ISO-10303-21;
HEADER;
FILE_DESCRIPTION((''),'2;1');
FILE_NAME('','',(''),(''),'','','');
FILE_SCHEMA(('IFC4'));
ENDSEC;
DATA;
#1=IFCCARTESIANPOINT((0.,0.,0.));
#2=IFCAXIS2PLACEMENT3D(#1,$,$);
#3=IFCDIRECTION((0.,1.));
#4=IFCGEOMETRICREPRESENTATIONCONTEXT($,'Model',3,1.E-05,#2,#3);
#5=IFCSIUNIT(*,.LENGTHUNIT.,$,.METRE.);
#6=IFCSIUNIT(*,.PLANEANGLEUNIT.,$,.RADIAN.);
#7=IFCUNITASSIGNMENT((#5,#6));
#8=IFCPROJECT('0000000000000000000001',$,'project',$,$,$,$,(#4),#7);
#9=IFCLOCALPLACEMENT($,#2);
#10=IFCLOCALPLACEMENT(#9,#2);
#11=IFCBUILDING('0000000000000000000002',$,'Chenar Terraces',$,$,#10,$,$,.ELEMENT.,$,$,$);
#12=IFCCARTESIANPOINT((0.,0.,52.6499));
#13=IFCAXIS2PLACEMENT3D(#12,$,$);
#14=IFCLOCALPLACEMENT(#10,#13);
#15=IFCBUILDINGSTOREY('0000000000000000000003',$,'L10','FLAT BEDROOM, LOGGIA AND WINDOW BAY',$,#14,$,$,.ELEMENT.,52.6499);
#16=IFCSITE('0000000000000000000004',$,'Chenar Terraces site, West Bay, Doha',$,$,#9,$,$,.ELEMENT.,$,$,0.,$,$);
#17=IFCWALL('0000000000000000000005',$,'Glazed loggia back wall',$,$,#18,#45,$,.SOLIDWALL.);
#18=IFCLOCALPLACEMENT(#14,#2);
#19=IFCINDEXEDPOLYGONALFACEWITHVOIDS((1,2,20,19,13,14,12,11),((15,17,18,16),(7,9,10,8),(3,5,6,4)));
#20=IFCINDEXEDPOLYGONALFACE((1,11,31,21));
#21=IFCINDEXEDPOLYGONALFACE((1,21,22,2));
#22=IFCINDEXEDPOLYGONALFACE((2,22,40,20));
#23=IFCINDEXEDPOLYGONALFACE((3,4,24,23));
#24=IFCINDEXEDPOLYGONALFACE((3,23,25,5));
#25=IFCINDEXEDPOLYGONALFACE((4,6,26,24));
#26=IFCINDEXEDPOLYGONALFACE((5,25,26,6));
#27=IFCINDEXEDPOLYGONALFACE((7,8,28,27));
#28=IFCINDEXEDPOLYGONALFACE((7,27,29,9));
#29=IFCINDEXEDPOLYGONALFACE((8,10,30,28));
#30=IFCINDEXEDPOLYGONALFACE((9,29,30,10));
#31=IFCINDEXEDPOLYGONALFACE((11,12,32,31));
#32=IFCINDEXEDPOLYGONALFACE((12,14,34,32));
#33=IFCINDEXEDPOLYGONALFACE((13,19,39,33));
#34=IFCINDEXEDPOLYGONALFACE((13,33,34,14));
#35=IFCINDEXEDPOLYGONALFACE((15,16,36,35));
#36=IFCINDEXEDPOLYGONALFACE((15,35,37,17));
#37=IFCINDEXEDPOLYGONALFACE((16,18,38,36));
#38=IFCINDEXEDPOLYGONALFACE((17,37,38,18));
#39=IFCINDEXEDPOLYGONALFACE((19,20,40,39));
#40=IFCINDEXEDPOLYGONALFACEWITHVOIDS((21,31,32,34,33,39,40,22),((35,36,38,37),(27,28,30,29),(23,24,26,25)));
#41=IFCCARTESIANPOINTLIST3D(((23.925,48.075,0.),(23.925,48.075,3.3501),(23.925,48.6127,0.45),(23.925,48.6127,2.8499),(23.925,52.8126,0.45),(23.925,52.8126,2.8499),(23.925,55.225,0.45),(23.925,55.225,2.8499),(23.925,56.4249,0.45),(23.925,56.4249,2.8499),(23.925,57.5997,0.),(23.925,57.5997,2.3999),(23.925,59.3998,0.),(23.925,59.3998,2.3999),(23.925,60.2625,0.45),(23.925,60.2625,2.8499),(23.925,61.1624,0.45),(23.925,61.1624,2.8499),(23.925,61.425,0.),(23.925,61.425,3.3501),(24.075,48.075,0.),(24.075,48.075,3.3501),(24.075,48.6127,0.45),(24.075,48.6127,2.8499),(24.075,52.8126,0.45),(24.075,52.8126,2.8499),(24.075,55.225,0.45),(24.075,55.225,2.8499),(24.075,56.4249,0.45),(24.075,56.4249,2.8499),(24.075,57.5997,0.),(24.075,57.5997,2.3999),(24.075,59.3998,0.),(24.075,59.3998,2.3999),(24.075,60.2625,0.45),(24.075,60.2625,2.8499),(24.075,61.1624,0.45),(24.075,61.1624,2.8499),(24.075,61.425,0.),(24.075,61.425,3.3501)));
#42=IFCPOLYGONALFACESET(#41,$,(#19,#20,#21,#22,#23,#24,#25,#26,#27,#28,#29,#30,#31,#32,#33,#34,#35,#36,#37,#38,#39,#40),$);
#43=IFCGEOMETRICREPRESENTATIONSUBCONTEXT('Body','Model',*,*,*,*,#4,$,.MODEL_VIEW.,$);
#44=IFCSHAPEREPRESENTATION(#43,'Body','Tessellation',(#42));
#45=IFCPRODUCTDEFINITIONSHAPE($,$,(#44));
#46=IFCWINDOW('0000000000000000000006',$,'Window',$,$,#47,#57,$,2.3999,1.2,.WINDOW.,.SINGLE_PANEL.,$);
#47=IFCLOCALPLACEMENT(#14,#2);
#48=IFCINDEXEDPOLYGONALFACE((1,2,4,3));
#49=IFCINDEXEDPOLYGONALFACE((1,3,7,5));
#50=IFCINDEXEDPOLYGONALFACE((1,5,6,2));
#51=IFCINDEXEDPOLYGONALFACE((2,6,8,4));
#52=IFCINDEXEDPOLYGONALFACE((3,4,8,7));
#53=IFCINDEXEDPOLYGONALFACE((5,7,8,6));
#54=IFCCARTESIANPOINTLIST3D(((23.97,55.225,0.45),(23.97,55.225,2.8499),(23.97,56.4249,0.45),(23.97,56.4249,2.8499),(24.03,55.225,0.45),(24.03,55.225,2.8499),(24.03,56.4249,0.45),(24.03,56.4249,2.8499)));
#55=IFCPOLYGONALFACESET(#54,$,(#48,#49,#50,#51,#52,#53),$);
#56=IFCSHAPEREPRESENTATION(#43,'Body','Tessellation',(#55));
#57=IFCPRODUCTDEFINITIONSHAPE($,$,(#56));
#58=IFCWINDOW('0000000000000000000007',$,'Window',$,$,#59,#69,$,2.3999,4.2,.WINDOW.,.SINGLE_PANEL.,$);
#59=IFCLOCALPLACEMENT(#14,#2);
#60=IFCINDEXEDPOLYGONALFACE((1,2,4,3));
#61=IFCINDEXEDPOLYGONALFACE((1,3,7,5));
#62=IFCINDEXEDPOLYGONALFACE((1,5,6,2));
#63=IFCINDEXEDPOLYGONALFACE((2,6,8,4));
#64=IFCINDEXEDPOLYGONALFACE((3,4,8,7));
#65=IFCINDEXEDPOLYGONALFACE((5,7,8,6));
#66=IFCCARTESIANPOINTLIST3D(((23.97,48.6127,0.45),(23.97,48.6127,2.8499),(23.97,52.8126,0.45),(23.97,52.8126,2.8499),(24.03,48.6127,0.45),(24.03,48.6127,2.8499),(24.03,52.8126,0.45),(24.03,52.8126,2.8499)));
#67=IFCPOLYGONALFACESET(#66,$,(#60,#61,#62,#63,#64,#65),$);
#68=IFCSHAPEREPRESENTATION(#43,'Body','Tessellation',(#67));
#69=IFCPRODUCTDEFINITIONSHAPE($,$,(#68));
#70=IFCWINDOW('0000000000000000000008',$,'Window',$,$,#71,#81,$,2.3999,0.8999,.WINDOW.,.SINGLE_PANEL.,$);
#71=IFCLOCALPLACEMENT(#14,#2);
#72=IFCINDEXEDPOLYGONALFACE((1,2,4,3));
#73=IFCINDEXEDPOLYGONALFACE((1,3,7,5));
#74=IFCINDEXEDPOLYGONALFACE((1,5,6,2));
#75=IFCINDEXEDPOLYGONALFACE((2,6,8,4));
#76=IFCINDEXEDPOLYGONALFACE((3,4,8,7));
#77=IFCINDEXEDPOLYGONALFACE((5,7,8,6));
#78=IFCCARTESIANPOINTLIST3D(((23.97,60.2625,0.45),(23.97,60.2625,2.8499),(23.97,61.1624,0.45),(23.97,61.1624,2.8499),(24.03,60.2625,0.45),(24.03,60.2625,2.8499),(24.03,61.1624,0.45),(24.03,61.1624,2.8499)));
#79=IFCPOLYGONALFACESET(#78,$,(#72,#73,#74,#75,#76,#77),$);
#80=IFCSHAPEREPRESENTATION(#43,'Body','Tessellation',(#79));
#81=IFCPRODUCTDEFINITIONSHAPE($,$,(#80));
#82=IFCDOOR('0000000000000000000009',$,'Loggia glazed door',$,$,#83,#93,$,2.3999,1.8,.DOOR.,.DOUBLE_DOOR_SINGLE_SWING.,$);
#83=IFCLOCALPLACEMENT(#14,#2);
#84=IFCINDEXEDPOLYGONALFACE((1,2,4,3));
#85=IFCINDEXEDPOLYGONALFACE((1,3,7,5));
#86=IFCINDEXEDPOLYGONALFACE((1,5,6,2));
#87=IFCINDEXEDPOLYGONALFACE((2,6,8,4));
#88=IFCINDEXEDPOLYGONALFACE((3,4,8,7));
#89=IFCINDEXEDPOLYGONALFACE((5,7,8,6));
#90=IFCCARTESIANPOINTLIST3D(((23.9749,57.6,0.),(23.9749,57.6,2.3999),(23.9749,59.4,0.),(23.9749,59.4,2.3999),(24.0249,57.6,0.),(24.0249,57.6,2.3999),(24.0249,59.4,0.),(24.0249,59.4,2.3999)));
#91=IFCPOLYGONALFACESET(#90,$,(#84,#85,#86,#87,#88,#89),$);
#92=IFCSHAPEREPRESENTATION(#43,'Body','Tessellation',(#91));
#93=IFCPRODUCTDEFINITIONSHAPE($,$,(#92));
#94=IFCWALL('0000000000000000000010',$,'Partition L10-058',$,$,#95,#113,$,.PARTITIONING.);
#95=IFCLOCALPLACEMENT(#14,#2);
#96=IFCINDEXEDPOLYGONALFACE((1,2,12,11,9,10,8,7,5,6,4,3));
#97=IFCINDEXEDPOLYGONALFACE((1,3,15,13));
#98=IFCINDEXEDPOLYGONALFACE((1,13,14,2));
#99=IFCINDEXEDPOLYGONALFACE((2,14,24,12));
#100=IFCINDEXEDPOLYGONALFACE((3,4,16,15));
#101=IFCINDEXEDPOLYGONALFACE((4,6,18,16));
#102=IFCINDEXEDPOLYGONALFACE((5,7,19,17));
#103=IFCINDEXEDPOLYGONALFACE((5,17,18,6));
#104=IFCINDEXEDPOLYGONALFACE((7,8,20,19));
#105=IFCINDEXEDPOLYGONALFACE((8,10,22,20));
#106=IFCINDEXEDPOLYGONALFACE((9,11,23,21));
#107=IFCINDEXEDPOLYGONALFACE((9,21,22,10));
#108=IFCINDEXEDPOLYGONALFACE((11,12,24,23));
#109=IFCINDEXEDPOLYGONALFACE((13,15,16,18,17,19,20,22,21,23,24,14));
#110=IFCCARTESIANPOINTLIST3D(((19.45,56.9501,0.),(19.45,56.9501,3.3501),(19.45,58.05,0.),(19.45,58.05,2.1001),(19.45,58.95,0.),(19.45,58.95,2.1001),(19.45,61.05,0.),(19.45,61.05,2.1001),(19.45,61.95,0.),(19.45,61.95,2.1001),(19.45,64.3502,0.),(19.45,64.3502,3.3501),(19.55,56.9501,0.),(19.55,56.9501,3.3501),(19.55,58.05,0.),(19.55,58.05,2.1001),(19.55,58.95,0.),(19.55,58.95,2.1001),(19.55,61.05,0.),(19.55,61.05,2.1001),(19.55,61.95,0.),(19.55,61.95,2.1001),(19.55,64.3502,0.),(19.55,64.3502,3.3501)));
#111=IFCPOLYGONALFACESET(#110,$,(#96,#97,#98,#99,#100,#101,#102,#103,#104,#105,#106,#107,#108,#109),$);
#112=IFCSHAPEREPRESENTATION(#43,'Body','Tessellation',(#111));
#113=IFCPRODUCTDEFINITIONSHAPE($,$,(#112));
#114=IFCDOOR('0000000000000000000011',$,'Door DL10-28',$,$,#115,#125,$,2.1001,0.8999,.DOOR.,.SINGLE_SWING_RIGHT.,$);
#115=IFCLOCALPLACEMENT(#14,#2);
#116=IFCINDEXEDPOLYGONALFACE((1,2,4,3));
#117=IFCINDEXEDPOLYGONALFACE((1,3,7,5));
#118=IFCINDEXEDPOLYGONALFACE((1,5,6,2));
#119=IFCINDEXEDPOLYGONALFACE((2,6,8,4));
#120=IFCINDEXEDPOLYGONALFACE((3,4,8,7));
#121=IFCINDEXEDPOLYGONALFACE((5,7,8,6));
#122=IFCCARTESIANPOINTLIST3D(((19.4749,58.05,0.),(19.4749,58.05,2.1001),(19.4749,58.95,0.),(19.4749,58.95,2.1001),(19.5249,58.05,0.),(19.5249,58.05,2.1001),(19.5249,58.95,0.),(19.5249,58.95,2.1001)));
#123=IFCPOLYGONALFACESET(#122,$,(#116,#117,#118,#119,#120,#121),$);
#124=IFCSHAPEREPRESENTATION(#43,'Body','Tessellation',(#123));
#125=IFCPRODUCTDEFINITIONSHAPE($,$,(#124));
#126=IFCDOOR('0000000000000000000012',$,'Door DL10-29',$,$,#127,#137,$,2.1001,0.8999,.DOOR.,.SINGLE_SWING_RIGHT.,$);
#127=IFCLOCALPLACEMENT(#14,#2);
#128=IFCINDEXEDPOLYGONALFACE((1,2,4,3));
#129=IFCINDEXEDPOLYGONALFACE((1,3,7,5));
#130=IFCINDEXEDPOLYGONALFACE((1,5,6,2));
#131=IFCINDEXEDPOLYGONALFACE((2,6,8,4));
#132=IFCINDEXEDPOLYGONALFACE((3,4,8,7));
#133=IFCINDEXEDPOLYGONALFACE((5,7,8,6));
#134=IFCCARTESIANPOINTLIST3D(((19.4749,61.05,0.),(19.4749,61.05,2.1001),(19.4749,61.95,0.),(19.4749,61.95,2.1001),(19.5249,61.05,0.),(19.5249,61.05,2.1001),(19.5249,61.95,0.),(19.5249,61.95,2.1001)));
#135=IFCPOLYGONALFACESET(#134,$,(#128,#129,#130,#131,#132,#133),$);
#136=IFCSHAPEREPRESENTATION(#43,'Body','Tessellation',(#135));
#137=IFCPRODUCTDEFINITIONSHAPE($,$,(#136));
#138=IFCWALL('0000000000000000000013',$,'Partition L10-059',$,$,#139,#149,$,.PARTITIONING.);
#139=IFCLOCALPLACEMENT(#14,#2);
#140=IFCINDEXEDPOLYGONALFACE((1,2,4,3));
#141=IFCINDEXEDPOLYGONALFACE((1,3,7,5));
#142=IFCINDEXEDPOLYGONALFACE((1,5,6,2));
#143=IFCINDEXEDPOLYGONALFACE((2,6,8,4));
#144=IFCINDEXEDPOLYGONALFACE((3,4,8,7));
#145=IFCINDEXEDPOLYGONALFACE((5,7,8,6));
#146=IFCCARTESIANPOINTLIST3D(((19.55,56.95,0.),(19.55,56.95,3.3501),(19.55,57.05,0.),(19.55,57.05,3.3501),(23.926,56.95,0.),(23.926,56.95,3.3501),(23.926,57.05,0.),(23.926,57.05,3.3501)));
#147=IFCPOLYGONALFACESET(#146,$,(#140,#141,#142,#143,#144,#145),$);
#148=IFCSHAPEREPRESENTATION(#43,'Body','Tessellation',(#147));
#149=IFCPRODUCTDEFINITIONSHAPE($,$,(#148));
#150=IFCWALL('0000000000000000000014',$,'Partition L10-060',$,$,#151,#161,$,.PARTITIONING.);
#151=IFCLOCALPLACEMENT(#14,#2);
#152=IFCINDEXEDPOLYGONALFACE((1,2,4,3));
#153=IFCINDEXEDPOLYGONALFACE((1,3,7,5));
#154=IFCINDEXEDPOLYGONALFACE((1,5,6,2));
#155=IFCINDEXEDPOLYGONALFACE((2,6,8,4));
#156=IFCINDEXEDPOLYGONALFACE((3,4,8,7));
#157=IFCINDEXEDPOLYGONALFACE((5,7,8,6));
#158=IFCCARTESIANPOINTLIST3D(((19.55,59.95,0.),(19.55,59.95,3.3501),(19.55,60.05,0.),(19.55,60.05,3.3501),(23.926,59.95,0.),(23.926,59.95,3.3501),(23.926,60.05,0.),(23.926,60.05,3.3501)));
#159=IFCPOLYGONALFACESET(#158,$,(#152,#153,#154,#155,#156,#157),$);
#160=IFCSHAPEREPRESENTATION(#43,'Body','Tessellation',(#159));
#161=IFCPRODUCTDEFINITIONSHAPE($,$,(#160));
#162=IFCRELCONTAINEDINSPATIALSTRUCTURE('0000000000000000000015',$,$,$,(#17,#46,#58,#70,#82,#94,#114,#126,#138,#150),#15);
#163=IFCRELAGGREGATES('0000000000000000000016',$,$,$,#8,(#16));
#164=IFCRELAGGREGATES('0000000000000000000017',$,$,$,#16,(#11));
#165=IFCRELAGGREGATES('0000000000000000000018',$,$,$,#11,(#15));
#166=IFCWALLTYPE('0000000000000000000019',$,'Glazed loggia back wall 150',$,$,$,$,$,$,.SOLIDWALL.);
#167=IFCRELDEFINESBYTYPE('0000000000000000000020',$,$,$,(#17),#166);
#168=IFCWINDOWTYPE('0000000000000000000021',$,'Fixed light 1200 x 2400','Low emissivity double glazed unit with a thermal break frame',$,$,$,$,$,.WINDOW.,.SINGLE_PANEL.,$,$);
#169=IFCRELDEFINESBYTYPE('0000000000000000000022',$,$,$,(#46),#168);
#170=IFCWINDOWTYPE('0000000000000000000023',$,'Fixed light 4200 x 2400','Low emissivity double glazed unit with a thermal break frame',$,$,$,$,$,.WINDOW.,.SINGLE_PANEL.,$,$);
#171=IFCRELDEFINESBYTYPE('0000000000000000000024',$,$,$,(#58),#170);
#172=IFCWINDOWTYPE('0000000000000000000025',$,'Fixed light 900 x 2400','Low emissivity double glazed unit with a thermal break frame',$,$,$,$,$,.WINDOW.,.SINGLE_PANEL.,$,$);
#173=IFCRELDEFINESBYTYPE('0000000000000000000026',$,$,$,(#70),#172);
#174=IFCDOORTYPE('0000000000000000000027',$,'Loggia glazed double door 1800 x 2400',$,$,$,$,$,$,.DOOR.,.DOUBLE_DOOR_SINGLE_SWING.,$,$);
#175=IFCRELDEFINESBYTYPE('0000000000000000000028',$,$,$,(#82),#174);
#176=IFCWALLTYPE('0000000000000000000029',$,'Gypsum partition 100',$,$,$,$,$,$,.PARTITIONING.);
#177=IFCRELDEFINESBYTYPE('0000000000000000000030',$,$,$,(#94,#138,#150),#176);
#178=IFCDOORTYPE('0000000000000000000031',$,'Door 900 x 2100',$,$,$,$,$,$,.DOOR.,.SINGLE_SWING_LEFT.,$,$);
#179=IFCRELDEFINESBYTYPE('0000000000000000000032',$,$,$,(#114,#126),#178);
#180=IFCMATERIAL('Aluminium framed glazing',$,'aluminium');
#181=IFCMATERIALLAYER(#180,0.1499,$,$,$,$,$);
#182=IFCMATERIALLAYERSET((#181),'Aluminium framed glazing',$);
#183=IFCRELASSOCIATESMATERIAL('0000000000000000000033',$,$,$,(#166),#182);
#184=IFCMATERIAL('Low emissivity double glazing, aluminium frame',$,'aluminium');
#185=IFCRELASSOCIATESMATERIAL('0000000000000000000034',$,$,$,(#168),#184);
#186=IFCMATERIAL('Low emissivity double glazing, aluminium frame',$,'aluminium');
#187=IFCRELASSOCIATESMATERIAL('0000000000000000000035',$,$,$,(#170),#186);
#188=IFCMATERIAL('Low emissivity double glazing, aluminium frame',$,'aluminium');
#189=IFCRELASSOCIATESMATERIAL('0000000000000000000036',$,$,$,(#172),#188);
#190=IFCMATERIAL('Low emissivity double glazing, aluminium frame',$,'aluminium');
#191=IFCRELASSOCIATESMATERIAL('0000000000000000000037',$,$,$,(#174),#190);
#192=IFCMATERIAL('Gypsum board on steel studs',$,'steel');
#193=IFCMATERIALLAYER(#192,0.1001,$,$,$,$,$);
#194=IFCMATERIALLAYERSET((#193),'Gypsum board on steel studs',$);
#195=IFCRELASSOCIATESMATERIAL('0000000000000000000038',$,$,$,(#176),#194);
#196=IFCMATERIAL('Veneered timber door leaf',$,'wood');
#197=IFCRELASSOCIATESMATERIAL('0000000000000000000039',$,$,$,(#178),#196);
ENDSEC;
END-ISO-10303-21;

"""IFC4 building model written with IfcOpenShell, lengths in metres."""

from ifc_helpers import new_model, si_unit, direction, frame, frame_2d, origin, place, context, subcontext, project, spatial, rectangle, extrude, material, layer, layer_set, type_object, element, fill, save


model = new_model("IFC4")

# Units and contexts
model_context = context("Model", 3, precision=1e-05, world=origin(), true_north=direction((0.0, 1.0)))
body_context = subcontext(model_context, "Body", "Model", "MODEL_VIEW")
ifc_project = project(units=[si_unit("LENGTHUNIT", "METRE"), si_unit("PLANEANGLEUNIT", "RADIAN")], contexts=[model_context])

# Site, building, storey
site_placement = place(None, origin())
site = spatial("IfcSite", under=ifc_project, at=site_placement, Name="Chenar Terraces site, West Bay, Doha", CompositionType="ELEMENT", RefElevation=0.0)
building_placement = place(site_placement, origin())
building = spatial("IfcBuilding", under=site, at=building_placement, Name="Chenar Terraces", CompositionType="ELEMENT")
storey_placement = place(building_placement, frame((0.0, 0.0, 52.6499)))
storey = spatial("IfcBuildingStorey", under=building, at=storey_placement, Name="L10", Description="FLAT BEDROOM, LOGGIA AND WINDOW BAY", CompositionType="ELEMENT", Elevation=52.6499)

# Wall, openings, windows, door
ifc_material_1 = material(Name="Aluminium framed glazing", Category="aluminium")
ifc_layer_1 = layer(ifc_material_1, 0.1499)
ifc_layer_set_1 = layer_set([ifc_layer_1], Name="Aluminium framed glazing")
wall_type_1 = type_object("IfcWallType", Name="Glazed loggia back wall 150", PredefinedType="SOLIDWALL", material=ifc_layer_set_1)
wall_1_placement = place(storey_placement, frame((24.0, 48.075, 0.0), z_axis=(0.0, 0.0, 1.0), x_axis=(0.0, 1.0, 0.0)))
wall_1 = element("IfcWall", 1, at=wall_1_placement, inside=storey, type_object=wall_type_1, Name="Glazed loggia back wall", PredefinedType="SOLIDWALL", context=body_context, shape_type="SweptSolid", body=[
    extrude(rectangle(XDim=13.3501, YDim=0.1499, at=frame_2d((6.675, 0.0))), origin(), (0.0, 0.0, 1.0), 3.3501),
])
opening_1_placement = place(wall_1_placement, frame((0.5376, 0.0, 0.45)))
opening_1 = element("IfcOpeningElement", 2, at=opening_1_placement, cuts=wall_1, PredefinedType="OPENING", context=body_context, shape_type="SweptSolid", body=[
    extrude(rectangle(XDim=4.2, YDim=2.3999, at=frame_2d((2.1001, 1.2))), frame((0.0, 0.085, 0.0), z_axis=(0.0, -1.0, 0.0), x_axis=(1.0, 0.0, 0.0)), (0.0, 0.0, 1.0), 0.1699),
])
opening_2_placement = place(wall_1_placement, frame((7.1499, 0.0, 0.45)))
opening_2 = element("IfcOpeningElement", 3, at=opening_2_placement, cuts=wall_1, PredefinedType="OPENING", context=body_context, shape_type="SweptSolid", body=[
    extrude(rectangle(XDim=1.2, YDim=2.3999, at=frame_2d((0.6001, 1.2))), frame((0.0, 0.085, 0.0), z_axis=(0.0, -1.0, 0.0), x_axis=(1.0, 0.0, 0.0)), (0.0, 0.0, 1.0), 0.1699),
])
opening_3_placement = place(wall_1_placement, frame((9.5249, 0.0, 0.0)))
opening_3 = element("IfcOpeningElement", 4, at=opening_3_placement, cuts=wall_1, PredefinedType="OPENING", context=body_context, shape_type="SweptSolid", body=[
    extrude(rectangle(XDim=1.8, YDim=2.3999, at=frame_2d((0.8999, 1.2))), frame((0.0, 0.085, 0.0), z_axis=(0.0, -1.0, 0.0), x_axis=(1.0, 0.0, 0.0)), (0.0, 0.0, 1.0), 0.1699),
])
opening_4_placement = place(wall_1_placement, frame((12.1875, 0.0, 0.45)))
opening_4 = element("IfcOpeningElement", 5, at=opening_4_placement, cuts=wall_1, PredefinedType="OPENING", context=body_context, shape_type="SweptSolid", body=[
    extrude(rectangle(XDim=0.8999, YDim=2.3999, at=frame_2d((0.45, 1.2))), frame((0.0, 0.085, 0.0), z_axis=(0.0, -1.0, 0.0), x_axis=(1.0, 0.0, 0.0)), (0.0, 0.0, 1.0), 0.1699),
])
ifc_material_2 = material(Name="Low emissivity double glazing, aluminium frame", Category="aluminium")
window_type_1 = type_object("IfcWindowType", Name="Fixed light 1200 x 2400", Description="Low emissivity double glazed unit with a thermal break frame", PartitioningType="SINGLE_PANEL", PredefinedType="WINDOW", material=ifc_material_2)
window_1_placement = place(opening_2_placement, origin())
window_1 = element("IfcWindow", 6, at=window_1_placement, inside=storey, type_object=window_type_1, Name="Window", OverallHeight=2.3999, OverallWidth=1.2, PartitioningType="SINGLE_PANEL", PredefinedType="WINDOW", context=body_context, shape_type="SweptSolid", body=[
    extrude(rectangle(XDim=1.2, YDim=2.3999, at=frame_2d((0.6001, 1.2))), frame((0.0, 0.03, 0.0), z_axis=(0.0, -1.0, 0.0), x_axis=(1.0, 0.0, 0.0)), (0.0, 0.0, 1.0), 0.0601),
])
fill(opening_2, window_1)
ifc_material_3 = material(Name="Low emissivity double glazing, aluminium frame", Category="aluminium")
window_type_2 = type_object("IfcWindowType", Name="Fixed light 4200 x 2400", Description="Low emissivity double glazed unit with a thermal break frame", PartitioningType="SINGLE_PANEL", PredefinedType="WINDOW", material=ifc_material_3)
window_2_placement = place(opening_1_placement, origin())
window_2 = element("IfcWindow", 7, at=window_2_placement, inside=storey, type_object=window_type_2, Name="Window", OverallHeight=2.3999, OverallWidth=4.2, PartitioningType="SINGLE_PANEL", PredefinedType="WINDOW", context=body_context, shape_type="SweptSolid", body=[
    extrude(rectangle(XDim=4.2, YDim=2.3999, at=frame_2d((2.1001, 1.2))), frame((0.0, 0.03, 0.0), z_axis=(0.0, -1.0, 0.0), x_axis=(1.0, 0.0, 0.0)), (0.0, 0.0, 1.0), 0.0601),
])
fill(opening_1, window_2)
ifc_material_4 = material(Name="Low emissivity double glazing, aluminium frame", Category="aluminium")
window_type_3 = type_object("IfcWindowType", Name="Fixed light 900 x 2400", Description="Low emissivity double glazed unit with a thermal break frame", PartitioningType="SINGLE_PANEL", PredefinedType="WINDOW", material=ifc_material_4)
window_3_placement = place(opening_4_placement, origin())
window_3 = element("IfcWindow", 8, at=window_3_placement, inside=storey, type_object=window_type_3, Name="Window", OverallHeight=2.3999, OverallWidth=0.8999, PartitioningType="SINGLE_PANEL", PredefinedType="WINDOW", context=body_context, shape_type="SweptSolid", body=[
    extrude(rectangle(XDim=0.8999, YDim=2.3999, at=frame_2d((0.45, 1.2))), frame((0.0, 0.03, 0.0), z_axis=(0.0, -1.0, 0.0), x_axis=(1.0, 0.0, 0.0)), (0.0, 0.0, 1.0), 0.0601),
])
fill(opening_4, window_3)
ifc_material_5 = material(Name="Low emissivity double glazing, aluminium frame", Category="aluminium")
door_type_1 = type_object("IfcDoorType", Name="Loggia glazed double door 1800 x 2400", OperationType="DOUBLE_DOOR_SINGLE_SWING", PredefinedType="DOOR", material=ifc_material_5)
door_1_placement = place(opening_3_placement, frame((1.8, 0.0, 0.0), z_axis=(0.0, 0.0, 1.0), x_axis=(-1.0, 0.0, 0.0)))
door_1 = element("IfcDoor", 9, at=door_1_placement, inside=storey, type_object=door_type_1, Name="Loggia glazed door", OperationType="DOUBLE_DOOR_SINGLE_SWING", OverallHeight=2.3999, OverallWidth=1.8, PredefinedType="DOOR", context=body_context, shape_type="SweptSolid", body=[
    extrude(rectangle(XDim=1.8, YDim=2.3999, at=frame_2d((0.8999, 1.2))), frame((0.0, 0.0249, 0.0), z_axis=(0.0, -1.0, 0.0), x_axis=(1.0, 0.0, 0.0)), (0.0, 0.0, 1.0), 0.05),
])
fill(opening_3, door_1)

# Wall, openings, doors
ifc_material_6 = material(Name="Gypsum board on steel studs", Category="steel")
ifc_layer_2 = layer(ifc_material_6, 0.1001)
ifc_layer_set_2 = layer_set([ifc_layer_2], Name="Gypsum board on steel studs")
wall_type_2 = type_object("IfcWallType", Name="Gypsum partition 100", PredefinedType="PARTITIONING", material=ifc_layer_set_2)
wall_2_placement = place(storey_placement, frame((19.5, 56.95, 0.0), z_axis=(0.0, 0.0, 1.0), x_axis=(0.0, 1.0, 0.0)))
wall_2 = element("IfcWall", 10, at=wall_2_placement, inside=storey, type_object=wall_type_2, Name="Partition L10-058", PredefinedType="PARTITIONING", context=body_context, shape_type="SweptSolid", body=[
    extrude(rectangle(XDim=7.4001, YDim=0.1001, at=frame_2d((3.7002, 0.0))), origin(), (0.0, 0.0, 1.0), 3.3501),
])
opening_5_placement = place(wall_2_placement, frame((1.1001, 0.0, 0.0)))
opening_5 = element("IfcOpeningElement", 11, at=opening_5_placement, cuts=wall_2, PredefinedType="OPENING", context=body_context, shape_type="SweptSolid", body=[
    extrude(rectangle(XDim=0.8999, YDim=2.1001, at=frame_2d((0.45, 1.05))), frame((0.0, 0.0601, 0.0), z_axis=(0.0, -1.0, 0.0), x_axis=(1.0, 0.0, 0.0)), (0.0, 0.0, 1.0), 0.1201),
])
opening_6_placement = place(wall_2_placement, frame((4.1001, 0.0, 0.0)))
opening_6 = element("IfcOpeningElement", 12, at=opening_6_placement, cuts=wall_2, PredefinedType="OPENING", context=body_context, shape_type="SweptSolid", body=[
    extrude(rectangle(XDim=0.8999, YDim=2.1001, at=frame_2d((0.45, 1.05))), frame((0.0, 0.0601, 0.0), z_axis=(0.0, -1.0, 0.0), x_axis=(1.0, 0.0, 0.0)), (0.0, 0.0, 1.0), 0.1201),
])
ifc_material_7 = material(Name="Veneered timber door leaf", Category="wood")
door_type_2 = type_object("IfcDoorType", Name="Door 900 x 2100", OperationType="SINGLE_SWING_LEFT", PredefinedType="DOOR", material=ifc_material_7)
door_2_placement = place(opening_5_placement, frame((0.8999, 0.0, 0.0), z_axis=(0.0, 0.0, 1.0), x_axis=(-1.0, 0.0, 0.0)))
door_2 = element("IfcDoor", 13, at=door_2_placement, inside=storey, type_object=door_type_2, Name="Door DL10-28", OperationType="SINGLE_SWING_RIGHT", OverallHeight=2.1001, OverallWidth=0.8999, PredefinedType="DOOR", context=body_context, shape_type="SweptSolid", body=[
    extrude(rectangle(XDim=0.8999, YDim=2.1001, at=frame_2d((0.45, 1.05))), frame((0.0, 0.0249, 0.0), z_axis=(0.0, -1.0, 0.0), x_axis=(1.0, 0.0, 0.0)), (0.0, 0.0, 1.0), 0.05),
])
fill(opening_5, door_2)
door_3_placement = place(opening_6_placement, frame((0.8999, 0.0, 0.0), z_axis=(0.0, 0.0, 1.0), x_axis=(-1.0, 0.0, 0.0)))
door_3 = element("IfcDoor", 14, at=door_3_placement, inside=storey, type_object=door_type_2, Name="Door DL10-29", OperationType="SINGLE_SWING_RIGHT", OverallHeight=2.1001, OverallWidth=0.8999, PredefinedType="DOOR", context=body_context, shape_type="SweptSolid", body=[
    extrude(rectangle(XDim=0.8999, YDim=2.1001, at=frame_2d((0.45, 1.05))), frame((0.0, 0.0249, 0.0), z_axis=(0.0, -1.0, 0.0), x_axis=(1.0, 0.0, 0.0)), (0.0, 0.0, 1.0), 0.05),
])
fill(opening_6, door_3)

# Walls
for number, where, z_axis, x_axis, name in (
    (15, (19.55, 57.0, 0.0), (0.0, 0.0, 1.0), (1.0, 0.0, 0.0), "Partition L10-059"),
    (16, (19.55, 60.0, 0.0), (0.0, 0.0, 1.0), (1.0, 0.0, 0.0), "Partition L10-060"),
):
    element("IfcWall", number, at=place(storey_placement, frame(where, z_axis=z_axis, x_axis=x_axis)), inside=storey, type_object=wall_type_2, Name=name, PredefinedType="PARTITIONING", context=body_context, shape_type="SweptSolid", body=[
        extrude(rectangle(XDim=4.376, YDim=0.1001, at=frame_2d((2.188, 0.0))), origin(), (0.0, 0.0, 1.0), 3.3501),
    ])

save(model, "model.ifc")
